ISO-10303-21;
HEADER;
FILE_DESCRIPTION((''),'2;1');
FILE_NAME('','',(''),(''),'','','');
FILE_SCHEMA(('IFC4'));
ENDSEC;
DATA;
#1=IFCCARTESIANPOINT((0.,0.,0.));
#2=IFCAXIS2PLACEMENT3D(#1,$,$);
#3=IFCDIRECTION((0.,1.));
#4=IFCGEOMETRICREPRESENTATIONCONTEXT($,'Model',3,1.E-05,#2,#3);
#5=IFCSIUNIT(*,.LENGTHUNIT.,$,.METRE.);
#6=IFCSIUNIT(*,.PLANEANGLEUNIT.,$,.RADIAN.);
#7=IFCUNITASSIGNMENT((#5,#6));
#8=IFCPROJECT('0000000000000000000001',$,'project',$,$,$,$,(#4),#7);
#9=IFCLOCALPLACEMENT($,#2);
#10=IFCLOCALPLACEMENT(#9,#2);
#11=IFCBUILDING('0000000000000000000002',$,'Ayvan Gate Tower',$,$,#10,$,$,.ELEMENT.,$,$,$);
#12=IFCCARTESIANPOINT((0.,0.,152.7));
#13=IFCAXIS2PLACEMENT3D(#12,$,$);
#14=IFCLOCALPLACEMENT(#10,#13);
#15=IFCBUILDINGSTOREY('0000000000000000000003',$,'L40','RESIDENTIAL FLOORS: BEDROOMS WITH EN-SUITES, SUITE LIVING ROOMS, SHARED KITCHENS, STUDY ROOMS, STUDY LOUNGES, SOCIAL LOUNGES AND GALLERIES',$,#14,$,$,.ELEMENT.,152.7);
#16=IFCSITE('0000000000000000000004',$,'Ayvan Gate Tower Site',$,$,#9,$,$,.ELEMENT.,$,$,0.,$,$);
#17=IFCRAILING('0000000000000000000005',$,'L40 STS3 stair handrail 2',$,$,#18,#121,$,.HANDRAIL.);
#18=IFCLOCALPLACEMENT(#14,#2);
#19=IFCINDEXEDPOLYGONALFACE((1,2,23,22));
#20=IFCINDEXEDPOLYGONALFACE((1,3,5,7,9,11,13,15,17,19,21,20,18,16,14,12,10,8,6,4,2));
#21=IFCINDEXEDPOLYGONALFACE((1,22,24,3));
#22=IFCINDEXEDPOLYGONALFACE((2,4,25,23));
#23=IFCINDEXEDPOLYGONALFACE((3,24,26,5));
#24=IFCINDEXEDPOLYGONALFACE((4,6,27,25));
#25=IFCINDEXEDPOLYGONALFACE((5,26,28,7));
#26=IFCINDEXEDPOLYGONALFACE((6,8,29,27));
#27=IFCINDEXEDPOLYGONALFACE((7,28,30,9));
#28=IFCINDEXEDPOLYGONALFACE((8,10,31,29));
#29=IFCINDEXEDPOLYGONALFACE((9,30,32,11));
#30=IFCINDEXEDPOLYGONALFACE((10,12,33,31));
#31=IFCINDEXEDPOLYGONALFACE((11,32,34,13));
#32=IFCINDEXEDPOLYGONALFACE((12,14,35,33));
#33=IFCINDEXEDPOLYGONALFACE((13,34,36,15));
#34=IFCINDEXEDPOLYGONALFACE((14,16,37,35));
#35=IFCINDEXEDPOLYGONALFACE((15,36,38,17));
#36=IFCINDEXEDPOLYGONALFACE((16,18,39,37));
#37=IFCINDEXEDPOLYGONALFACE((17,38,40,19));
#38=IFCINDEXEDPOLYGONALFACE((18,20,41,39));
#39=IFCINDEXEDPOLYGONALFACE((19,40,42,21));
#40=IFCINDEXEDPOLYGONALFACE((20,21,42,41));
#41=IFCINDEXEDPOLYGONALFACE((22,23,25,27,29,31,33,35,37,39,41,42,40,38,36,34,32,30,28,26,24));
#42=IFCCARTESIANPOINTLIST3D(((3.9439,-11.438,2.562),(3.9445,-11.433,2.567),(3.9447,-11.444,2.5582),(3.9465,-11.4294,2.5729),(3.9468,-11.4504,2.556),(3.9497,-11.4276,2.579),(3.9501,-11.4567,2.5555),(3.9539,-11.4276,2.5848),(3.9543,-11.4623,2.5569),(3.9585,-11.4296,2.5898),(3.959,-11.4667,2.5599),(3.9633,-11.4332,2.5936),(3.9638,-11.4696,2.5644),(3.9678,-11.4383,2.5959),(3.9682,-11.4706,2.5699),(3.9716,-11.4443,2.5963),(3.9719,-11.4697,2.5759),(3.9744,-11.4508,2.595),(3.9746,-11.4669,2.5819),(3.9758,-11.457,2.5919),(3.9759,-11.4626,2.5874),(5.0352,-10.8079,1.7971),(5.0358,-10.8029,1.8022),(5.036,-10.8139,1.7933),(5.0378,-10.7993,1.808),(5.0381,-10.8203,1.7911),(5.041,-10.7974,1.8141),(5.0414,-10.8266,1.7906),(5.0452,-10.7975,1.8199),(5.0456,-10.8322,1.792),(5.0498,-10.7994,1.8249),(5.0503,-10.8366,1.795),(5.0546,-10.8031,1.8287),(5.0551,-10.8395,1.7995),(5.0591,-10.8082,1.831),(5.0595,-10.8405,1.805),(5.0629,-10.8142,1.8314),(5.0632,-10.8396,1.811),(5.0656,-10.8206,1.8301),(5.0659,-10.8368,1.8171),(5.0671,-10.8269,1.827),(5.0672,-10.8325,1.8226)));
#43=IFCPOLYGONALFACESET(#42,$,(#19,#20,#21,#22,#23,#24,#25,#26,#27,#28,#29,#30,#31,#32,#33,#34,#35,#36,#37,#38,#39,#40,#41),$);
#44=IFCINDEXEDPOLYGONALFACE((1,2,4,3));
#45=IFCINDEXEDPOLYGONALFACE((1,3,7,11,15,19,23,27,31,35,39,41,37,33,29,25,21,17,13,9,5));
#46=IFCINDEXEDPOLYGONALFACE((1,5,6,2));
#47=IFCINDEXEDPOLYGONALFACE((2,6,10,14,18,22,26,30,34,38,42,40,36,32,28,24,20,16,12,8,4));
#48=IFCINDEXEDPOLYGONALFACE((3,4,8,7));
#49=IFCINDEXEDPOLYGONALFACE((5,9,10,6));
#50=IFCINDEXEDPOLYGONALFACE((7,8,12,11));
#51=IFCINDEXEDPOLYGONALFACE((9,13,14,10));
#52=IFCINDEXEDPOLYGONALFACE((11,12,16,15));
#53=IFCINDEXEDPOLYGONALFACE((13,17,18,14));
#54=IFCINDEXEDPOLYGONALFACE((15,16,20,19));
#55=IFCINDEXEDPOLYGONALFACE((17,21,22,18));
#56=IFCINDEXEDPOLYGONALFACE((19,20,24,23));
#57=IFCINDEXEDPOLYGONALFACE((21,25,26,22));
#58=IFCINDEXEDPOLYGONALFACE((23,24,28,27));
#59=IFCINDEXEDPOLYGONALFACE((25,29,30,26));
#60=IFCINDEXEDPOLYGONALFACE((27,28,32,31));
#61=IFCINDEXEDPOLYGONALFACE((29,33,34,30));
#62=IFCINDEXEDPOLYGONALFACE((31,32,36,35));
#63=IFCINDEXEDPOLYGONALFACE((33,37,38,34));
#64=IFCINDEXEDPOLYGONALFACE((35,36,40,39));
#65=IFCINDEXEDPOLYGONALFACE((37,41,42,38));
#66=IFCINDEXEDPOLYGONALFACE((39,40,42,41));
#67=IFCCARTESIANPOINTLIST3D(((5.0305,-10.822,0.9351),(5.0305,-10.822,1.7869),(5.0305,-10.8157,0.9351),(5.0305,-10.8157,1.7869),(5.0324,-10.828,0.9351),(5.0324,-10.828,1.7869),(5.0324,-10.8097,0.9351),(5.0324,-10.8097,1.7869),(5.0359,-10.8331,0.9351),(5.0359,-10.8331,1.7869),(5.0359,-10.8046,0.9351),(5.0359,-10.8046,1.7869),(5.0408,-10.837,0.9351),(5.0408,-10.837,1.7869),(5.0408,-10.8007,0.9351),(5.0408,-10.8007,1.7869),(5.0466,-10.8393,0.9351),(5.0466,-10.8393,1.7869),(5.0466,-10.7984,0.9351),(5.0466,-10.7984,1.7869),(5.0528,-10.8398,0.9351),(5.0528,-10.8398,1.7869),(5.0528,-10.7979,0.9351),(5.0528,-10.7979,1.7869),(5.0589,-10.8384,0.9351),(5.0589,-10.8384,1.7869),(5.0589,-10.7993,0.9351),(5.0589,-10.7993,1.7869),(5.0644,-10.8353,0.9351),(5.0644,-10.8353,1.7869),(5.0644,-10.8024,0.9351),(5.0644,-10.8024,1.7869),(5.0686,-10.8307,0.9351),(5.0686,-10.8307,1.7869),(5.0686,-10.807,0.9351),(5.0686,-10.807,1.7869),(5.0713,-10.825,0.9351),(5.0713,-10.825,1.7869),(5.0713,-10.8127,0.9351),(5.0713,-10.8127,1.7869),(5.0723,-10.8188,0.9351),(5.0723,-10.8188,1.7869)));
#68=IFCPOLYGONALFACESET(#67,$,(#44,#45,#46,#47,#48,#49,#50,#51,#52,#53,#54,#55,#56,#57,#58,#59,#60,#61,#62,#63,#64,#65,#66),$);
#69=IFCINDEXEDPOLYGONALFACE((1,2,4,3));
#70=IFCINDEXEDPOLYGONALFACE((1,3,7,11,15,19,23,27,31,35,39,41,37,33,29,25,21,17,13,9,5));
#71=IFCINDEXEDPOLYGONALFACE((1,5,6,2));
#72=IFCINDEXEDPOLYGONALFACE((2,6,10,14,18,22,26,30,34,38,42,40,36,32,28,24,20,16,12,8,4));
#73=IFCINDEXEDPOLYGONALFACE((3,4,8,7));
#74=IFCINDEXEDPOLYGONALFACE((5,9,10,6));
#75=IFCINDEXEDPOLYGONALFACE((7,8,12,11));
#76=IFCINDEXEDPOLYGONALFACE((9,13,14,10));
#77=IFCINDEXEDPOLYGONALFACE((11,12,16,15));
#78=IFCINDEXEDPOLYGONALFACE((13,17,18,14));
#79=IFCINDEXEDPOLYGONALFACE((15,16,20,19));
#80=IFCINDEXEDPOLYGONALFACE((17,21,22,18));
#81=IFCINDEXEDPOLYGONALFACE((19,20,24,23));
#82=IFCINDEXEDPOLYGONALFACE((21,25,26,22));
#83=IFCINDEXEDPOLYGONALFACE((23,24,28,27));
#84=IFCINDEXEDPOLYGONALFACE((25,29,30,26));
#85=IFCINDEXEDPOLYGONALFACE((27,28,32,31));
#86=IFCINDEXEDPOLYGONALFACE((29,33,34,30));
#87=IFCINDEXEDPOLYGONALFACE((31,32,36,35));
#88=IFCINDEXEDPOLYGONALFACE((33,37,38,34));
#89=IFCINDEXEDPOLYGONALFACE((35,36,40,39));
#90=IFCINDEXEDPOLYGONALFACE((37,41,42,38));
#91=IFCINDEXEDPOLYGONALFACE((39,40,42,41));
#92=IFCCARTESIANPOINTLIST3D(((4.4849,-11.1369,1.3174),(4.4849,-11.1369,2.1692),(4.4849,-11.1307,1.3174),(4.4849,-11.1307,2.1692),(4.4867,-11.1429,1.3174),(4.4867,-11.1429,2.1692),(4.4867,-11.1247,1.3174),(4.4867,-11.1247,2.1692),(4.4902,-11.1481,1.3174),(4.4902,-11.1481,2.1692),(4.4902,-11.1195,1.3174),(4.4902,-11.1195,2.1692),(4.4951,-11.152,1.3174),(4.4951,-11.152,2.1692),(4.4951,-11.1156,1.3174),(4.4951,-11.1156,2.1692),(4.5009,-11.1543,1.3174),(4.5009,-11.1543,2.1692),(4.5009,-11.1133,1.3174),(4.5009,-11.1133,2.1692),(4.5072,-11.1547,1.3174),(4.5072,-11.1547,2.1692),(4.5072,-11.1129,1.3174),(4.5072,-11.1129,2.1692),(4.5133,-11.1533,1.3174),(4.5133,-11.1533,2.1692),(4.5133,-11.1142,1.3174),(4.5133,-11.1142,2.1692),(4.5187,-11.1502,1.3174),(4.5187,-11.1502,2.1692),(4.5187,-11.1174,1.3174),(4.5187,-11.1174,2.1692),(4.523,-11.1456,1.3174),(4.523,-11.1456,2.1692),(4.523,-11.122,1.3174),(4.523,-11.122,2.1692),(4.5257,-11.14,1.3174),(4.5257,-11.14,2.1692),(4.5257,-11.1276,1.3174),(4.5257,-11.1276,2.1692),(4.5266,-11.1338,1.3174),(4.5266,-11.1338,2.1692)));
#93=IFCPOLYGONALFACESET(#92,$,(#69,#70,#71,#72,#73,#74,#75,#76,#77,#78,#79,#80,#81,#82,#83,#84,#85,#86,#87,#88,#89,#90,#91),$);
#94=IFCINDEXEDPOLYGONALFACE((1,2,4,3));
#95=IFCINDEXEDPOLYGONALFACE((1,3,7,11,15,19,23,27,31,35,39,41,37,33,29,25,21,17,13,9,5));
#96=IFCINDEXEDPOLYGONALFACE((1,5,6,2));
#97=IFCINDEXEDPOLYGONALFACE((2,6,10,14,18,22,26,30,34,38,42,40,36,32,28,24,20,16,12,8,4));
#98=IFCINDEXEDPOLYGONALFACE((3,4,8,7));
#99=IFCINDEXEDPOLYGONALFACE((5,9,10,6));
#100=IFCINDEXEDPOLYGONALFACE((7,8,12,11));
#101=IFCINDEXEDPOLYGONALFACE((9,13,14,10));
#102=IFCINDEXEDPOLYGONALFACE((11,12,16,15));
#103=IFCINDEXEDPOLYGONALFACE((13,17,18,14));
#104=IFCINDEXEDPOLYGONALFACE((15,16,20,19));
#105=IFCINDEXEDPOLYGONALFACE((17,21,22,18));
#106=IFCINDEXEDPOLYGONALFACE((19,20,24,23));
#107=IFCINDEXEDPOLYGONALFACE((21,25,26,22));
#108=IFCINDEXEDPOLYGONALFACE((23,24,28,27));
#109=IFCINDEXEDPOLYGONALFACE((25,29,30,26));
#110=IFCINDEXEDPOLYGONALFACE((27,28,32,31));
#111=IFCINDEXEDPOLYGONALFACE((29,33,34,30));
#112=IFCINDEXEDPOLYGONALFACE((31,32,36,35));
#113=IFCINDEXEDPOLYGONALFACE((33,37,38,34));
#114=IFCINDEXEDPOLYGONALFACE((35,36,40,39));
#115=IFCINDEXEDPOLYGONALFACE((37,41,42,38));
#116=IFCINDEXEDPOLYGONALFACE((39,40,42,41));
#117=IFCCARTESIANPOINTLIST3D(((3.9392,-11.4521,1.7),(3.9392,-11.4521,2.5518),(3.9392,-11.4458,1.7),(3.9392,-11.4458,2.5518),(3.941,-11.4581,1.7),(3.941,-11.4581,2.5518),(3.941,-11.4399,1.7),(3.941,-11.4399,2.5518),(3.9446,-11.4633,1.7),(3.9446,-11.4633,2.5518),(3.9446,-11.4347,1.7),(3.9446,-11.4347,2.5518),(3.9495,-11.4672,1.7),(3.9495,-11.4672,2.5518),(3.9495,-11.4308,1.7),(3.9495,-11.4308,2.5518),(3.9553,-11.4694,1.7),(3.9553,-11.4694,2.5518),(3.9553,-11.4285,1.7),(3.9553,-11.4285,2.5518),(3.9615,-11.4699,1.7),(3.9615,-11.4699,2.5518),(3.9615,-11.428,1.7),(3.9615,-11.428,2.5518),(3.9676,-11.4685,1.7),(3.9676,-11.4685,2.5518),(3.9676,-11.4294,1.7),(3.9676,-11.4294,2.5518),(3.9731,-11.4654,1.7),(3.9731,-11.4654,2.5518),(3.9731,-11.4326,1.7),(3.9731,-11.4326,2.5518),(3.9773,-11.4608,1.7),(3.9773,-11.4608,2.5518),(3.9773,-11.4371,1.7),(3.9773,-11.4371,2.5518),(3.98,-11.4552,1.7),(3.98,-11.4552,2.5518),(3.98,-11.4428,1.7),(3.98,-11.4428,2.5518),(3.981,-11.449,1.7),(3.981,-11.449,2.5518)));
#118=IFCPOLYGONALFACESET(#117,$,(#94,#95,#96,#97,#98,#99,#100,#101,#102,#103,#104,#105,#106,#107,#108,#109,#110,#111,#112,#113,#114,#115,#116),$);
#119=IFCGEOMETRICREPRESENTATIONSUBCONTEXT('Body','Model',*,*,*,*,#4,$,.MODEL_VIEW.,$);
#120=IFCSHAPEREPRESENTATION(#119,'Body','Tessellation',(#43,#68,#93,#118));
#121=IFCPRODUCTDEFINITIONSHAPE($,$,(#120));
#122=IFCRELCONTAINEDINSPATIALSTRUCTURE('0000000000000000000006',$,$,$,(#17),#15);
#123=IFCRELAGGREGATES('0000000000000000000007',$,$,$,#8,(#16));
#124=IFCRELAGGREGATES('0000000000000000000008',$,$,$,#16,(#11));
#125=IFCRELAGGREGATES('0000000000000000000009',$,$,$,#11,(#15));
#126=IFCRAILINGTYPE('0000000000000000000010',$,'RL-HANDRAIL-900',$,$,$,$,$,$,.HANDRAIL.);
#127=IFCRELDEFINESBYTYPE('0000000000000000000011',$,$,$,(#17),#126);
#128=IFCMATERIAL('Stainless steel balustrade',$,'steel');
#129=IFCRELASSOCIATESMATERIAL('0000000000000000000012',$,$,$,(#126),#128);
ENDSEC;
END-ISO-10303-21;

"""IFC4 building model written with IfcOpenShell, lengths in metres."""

from ifc_helpers import new_model, si_unit, direction, frame, origin, origin_2d, place, context, subcontext, project, spatial, circle, extrude, material, type_object, element, save


model = new_model("IFC4")

# Units and contexts
model_context = context("Model", 3, precision=1e-05, world=origin(), true_north=direction((0.0, 1.0)))
body_context = subcontext(model_context, "Body", "Model", "MODEL_VIEW")
ifc_project = project(units=[si_unit("LENGTHUNIT", "METRE"), si_unit("PLANEANGLEUNIT", "RADIAN")], contexts=[model_context])

# Site, building, storey
site_placement = place(None, origin())
site = spatial("IfcSite", under=ifc_project, at=site_placement, Name="Ayvan Gate Tower Site", CompositionType="ELEMENT", RefElevation=0.0)
building_placement = place(site_placement, origin())
building = spatial("IfcBuilding", under=site, at=building_placement, Name="Ayvan Gate Tower", CompositionType="ELEMENT")
storey_placement = place(building_placement, frame((0.0, 0.0, 152.7)))
storey = spatial("IfcBuildingStorey", under=building, at=storey_placement, Name="L40", Description="RESIDENTIAL FLOORS: BEDROOMS WITH EN-SUITES, SUITE LIVING ROOMS, SHARED KITCHENS, STUDY ROOMS, STUDY LOUNGES, SOCIAL LOUNGES AND GALLERIES", CompositionType="ELEMENT", Elevation=152.7)

# Railing
ifc_material_1 = material(Name="Stainless steel balustrade", Category="steel")
railing_type_1 = type_object("IfcRailingType", Name="RL-HANDRAIL-900", PredefinedType="HANDRAIL", material=ifc_material_1)
railing_1_placement = place(storey_placement, frame((5.0513, -10.8188, 0.9351)))
element("IfcRailing", 1, at=railing_1_placement, inside=storey, type_object=railing_type_1, Name="L40 STS3 stair handrail 2", PredefinedType="HANDRAIL", context=body_context, shape_type="SweptSolid", body=[
    extrude(circle(Radius=0.0239, at=origin_2d()), frame((0.0, 0.0, 0.876), z_axis=(-0.740304, -0.427455, 0.518875), x_axis=(0.500035, -0.866005, 0.0)), (0.0, 0.0, 1.0), 1.4741),
    extrude(circle(Radius=0.021, at=origin_2d()), origin(), (0.0, 0.0, 1.0), 0.8518),
    extrude(circle(Radius=0.021, at=origin_2d()), frame((-0.5457, -0.3149, 0.3823)), (0.0, 0.0, 1.0), 0.8518),
    extrude(circle(Radius=0.021, at=origin_2d()), frame((-1.0913, -0.6301, 0.7649)), (0.0, 0.0, 1.0), 0.8518),
])

save(model, "model.ifc")
